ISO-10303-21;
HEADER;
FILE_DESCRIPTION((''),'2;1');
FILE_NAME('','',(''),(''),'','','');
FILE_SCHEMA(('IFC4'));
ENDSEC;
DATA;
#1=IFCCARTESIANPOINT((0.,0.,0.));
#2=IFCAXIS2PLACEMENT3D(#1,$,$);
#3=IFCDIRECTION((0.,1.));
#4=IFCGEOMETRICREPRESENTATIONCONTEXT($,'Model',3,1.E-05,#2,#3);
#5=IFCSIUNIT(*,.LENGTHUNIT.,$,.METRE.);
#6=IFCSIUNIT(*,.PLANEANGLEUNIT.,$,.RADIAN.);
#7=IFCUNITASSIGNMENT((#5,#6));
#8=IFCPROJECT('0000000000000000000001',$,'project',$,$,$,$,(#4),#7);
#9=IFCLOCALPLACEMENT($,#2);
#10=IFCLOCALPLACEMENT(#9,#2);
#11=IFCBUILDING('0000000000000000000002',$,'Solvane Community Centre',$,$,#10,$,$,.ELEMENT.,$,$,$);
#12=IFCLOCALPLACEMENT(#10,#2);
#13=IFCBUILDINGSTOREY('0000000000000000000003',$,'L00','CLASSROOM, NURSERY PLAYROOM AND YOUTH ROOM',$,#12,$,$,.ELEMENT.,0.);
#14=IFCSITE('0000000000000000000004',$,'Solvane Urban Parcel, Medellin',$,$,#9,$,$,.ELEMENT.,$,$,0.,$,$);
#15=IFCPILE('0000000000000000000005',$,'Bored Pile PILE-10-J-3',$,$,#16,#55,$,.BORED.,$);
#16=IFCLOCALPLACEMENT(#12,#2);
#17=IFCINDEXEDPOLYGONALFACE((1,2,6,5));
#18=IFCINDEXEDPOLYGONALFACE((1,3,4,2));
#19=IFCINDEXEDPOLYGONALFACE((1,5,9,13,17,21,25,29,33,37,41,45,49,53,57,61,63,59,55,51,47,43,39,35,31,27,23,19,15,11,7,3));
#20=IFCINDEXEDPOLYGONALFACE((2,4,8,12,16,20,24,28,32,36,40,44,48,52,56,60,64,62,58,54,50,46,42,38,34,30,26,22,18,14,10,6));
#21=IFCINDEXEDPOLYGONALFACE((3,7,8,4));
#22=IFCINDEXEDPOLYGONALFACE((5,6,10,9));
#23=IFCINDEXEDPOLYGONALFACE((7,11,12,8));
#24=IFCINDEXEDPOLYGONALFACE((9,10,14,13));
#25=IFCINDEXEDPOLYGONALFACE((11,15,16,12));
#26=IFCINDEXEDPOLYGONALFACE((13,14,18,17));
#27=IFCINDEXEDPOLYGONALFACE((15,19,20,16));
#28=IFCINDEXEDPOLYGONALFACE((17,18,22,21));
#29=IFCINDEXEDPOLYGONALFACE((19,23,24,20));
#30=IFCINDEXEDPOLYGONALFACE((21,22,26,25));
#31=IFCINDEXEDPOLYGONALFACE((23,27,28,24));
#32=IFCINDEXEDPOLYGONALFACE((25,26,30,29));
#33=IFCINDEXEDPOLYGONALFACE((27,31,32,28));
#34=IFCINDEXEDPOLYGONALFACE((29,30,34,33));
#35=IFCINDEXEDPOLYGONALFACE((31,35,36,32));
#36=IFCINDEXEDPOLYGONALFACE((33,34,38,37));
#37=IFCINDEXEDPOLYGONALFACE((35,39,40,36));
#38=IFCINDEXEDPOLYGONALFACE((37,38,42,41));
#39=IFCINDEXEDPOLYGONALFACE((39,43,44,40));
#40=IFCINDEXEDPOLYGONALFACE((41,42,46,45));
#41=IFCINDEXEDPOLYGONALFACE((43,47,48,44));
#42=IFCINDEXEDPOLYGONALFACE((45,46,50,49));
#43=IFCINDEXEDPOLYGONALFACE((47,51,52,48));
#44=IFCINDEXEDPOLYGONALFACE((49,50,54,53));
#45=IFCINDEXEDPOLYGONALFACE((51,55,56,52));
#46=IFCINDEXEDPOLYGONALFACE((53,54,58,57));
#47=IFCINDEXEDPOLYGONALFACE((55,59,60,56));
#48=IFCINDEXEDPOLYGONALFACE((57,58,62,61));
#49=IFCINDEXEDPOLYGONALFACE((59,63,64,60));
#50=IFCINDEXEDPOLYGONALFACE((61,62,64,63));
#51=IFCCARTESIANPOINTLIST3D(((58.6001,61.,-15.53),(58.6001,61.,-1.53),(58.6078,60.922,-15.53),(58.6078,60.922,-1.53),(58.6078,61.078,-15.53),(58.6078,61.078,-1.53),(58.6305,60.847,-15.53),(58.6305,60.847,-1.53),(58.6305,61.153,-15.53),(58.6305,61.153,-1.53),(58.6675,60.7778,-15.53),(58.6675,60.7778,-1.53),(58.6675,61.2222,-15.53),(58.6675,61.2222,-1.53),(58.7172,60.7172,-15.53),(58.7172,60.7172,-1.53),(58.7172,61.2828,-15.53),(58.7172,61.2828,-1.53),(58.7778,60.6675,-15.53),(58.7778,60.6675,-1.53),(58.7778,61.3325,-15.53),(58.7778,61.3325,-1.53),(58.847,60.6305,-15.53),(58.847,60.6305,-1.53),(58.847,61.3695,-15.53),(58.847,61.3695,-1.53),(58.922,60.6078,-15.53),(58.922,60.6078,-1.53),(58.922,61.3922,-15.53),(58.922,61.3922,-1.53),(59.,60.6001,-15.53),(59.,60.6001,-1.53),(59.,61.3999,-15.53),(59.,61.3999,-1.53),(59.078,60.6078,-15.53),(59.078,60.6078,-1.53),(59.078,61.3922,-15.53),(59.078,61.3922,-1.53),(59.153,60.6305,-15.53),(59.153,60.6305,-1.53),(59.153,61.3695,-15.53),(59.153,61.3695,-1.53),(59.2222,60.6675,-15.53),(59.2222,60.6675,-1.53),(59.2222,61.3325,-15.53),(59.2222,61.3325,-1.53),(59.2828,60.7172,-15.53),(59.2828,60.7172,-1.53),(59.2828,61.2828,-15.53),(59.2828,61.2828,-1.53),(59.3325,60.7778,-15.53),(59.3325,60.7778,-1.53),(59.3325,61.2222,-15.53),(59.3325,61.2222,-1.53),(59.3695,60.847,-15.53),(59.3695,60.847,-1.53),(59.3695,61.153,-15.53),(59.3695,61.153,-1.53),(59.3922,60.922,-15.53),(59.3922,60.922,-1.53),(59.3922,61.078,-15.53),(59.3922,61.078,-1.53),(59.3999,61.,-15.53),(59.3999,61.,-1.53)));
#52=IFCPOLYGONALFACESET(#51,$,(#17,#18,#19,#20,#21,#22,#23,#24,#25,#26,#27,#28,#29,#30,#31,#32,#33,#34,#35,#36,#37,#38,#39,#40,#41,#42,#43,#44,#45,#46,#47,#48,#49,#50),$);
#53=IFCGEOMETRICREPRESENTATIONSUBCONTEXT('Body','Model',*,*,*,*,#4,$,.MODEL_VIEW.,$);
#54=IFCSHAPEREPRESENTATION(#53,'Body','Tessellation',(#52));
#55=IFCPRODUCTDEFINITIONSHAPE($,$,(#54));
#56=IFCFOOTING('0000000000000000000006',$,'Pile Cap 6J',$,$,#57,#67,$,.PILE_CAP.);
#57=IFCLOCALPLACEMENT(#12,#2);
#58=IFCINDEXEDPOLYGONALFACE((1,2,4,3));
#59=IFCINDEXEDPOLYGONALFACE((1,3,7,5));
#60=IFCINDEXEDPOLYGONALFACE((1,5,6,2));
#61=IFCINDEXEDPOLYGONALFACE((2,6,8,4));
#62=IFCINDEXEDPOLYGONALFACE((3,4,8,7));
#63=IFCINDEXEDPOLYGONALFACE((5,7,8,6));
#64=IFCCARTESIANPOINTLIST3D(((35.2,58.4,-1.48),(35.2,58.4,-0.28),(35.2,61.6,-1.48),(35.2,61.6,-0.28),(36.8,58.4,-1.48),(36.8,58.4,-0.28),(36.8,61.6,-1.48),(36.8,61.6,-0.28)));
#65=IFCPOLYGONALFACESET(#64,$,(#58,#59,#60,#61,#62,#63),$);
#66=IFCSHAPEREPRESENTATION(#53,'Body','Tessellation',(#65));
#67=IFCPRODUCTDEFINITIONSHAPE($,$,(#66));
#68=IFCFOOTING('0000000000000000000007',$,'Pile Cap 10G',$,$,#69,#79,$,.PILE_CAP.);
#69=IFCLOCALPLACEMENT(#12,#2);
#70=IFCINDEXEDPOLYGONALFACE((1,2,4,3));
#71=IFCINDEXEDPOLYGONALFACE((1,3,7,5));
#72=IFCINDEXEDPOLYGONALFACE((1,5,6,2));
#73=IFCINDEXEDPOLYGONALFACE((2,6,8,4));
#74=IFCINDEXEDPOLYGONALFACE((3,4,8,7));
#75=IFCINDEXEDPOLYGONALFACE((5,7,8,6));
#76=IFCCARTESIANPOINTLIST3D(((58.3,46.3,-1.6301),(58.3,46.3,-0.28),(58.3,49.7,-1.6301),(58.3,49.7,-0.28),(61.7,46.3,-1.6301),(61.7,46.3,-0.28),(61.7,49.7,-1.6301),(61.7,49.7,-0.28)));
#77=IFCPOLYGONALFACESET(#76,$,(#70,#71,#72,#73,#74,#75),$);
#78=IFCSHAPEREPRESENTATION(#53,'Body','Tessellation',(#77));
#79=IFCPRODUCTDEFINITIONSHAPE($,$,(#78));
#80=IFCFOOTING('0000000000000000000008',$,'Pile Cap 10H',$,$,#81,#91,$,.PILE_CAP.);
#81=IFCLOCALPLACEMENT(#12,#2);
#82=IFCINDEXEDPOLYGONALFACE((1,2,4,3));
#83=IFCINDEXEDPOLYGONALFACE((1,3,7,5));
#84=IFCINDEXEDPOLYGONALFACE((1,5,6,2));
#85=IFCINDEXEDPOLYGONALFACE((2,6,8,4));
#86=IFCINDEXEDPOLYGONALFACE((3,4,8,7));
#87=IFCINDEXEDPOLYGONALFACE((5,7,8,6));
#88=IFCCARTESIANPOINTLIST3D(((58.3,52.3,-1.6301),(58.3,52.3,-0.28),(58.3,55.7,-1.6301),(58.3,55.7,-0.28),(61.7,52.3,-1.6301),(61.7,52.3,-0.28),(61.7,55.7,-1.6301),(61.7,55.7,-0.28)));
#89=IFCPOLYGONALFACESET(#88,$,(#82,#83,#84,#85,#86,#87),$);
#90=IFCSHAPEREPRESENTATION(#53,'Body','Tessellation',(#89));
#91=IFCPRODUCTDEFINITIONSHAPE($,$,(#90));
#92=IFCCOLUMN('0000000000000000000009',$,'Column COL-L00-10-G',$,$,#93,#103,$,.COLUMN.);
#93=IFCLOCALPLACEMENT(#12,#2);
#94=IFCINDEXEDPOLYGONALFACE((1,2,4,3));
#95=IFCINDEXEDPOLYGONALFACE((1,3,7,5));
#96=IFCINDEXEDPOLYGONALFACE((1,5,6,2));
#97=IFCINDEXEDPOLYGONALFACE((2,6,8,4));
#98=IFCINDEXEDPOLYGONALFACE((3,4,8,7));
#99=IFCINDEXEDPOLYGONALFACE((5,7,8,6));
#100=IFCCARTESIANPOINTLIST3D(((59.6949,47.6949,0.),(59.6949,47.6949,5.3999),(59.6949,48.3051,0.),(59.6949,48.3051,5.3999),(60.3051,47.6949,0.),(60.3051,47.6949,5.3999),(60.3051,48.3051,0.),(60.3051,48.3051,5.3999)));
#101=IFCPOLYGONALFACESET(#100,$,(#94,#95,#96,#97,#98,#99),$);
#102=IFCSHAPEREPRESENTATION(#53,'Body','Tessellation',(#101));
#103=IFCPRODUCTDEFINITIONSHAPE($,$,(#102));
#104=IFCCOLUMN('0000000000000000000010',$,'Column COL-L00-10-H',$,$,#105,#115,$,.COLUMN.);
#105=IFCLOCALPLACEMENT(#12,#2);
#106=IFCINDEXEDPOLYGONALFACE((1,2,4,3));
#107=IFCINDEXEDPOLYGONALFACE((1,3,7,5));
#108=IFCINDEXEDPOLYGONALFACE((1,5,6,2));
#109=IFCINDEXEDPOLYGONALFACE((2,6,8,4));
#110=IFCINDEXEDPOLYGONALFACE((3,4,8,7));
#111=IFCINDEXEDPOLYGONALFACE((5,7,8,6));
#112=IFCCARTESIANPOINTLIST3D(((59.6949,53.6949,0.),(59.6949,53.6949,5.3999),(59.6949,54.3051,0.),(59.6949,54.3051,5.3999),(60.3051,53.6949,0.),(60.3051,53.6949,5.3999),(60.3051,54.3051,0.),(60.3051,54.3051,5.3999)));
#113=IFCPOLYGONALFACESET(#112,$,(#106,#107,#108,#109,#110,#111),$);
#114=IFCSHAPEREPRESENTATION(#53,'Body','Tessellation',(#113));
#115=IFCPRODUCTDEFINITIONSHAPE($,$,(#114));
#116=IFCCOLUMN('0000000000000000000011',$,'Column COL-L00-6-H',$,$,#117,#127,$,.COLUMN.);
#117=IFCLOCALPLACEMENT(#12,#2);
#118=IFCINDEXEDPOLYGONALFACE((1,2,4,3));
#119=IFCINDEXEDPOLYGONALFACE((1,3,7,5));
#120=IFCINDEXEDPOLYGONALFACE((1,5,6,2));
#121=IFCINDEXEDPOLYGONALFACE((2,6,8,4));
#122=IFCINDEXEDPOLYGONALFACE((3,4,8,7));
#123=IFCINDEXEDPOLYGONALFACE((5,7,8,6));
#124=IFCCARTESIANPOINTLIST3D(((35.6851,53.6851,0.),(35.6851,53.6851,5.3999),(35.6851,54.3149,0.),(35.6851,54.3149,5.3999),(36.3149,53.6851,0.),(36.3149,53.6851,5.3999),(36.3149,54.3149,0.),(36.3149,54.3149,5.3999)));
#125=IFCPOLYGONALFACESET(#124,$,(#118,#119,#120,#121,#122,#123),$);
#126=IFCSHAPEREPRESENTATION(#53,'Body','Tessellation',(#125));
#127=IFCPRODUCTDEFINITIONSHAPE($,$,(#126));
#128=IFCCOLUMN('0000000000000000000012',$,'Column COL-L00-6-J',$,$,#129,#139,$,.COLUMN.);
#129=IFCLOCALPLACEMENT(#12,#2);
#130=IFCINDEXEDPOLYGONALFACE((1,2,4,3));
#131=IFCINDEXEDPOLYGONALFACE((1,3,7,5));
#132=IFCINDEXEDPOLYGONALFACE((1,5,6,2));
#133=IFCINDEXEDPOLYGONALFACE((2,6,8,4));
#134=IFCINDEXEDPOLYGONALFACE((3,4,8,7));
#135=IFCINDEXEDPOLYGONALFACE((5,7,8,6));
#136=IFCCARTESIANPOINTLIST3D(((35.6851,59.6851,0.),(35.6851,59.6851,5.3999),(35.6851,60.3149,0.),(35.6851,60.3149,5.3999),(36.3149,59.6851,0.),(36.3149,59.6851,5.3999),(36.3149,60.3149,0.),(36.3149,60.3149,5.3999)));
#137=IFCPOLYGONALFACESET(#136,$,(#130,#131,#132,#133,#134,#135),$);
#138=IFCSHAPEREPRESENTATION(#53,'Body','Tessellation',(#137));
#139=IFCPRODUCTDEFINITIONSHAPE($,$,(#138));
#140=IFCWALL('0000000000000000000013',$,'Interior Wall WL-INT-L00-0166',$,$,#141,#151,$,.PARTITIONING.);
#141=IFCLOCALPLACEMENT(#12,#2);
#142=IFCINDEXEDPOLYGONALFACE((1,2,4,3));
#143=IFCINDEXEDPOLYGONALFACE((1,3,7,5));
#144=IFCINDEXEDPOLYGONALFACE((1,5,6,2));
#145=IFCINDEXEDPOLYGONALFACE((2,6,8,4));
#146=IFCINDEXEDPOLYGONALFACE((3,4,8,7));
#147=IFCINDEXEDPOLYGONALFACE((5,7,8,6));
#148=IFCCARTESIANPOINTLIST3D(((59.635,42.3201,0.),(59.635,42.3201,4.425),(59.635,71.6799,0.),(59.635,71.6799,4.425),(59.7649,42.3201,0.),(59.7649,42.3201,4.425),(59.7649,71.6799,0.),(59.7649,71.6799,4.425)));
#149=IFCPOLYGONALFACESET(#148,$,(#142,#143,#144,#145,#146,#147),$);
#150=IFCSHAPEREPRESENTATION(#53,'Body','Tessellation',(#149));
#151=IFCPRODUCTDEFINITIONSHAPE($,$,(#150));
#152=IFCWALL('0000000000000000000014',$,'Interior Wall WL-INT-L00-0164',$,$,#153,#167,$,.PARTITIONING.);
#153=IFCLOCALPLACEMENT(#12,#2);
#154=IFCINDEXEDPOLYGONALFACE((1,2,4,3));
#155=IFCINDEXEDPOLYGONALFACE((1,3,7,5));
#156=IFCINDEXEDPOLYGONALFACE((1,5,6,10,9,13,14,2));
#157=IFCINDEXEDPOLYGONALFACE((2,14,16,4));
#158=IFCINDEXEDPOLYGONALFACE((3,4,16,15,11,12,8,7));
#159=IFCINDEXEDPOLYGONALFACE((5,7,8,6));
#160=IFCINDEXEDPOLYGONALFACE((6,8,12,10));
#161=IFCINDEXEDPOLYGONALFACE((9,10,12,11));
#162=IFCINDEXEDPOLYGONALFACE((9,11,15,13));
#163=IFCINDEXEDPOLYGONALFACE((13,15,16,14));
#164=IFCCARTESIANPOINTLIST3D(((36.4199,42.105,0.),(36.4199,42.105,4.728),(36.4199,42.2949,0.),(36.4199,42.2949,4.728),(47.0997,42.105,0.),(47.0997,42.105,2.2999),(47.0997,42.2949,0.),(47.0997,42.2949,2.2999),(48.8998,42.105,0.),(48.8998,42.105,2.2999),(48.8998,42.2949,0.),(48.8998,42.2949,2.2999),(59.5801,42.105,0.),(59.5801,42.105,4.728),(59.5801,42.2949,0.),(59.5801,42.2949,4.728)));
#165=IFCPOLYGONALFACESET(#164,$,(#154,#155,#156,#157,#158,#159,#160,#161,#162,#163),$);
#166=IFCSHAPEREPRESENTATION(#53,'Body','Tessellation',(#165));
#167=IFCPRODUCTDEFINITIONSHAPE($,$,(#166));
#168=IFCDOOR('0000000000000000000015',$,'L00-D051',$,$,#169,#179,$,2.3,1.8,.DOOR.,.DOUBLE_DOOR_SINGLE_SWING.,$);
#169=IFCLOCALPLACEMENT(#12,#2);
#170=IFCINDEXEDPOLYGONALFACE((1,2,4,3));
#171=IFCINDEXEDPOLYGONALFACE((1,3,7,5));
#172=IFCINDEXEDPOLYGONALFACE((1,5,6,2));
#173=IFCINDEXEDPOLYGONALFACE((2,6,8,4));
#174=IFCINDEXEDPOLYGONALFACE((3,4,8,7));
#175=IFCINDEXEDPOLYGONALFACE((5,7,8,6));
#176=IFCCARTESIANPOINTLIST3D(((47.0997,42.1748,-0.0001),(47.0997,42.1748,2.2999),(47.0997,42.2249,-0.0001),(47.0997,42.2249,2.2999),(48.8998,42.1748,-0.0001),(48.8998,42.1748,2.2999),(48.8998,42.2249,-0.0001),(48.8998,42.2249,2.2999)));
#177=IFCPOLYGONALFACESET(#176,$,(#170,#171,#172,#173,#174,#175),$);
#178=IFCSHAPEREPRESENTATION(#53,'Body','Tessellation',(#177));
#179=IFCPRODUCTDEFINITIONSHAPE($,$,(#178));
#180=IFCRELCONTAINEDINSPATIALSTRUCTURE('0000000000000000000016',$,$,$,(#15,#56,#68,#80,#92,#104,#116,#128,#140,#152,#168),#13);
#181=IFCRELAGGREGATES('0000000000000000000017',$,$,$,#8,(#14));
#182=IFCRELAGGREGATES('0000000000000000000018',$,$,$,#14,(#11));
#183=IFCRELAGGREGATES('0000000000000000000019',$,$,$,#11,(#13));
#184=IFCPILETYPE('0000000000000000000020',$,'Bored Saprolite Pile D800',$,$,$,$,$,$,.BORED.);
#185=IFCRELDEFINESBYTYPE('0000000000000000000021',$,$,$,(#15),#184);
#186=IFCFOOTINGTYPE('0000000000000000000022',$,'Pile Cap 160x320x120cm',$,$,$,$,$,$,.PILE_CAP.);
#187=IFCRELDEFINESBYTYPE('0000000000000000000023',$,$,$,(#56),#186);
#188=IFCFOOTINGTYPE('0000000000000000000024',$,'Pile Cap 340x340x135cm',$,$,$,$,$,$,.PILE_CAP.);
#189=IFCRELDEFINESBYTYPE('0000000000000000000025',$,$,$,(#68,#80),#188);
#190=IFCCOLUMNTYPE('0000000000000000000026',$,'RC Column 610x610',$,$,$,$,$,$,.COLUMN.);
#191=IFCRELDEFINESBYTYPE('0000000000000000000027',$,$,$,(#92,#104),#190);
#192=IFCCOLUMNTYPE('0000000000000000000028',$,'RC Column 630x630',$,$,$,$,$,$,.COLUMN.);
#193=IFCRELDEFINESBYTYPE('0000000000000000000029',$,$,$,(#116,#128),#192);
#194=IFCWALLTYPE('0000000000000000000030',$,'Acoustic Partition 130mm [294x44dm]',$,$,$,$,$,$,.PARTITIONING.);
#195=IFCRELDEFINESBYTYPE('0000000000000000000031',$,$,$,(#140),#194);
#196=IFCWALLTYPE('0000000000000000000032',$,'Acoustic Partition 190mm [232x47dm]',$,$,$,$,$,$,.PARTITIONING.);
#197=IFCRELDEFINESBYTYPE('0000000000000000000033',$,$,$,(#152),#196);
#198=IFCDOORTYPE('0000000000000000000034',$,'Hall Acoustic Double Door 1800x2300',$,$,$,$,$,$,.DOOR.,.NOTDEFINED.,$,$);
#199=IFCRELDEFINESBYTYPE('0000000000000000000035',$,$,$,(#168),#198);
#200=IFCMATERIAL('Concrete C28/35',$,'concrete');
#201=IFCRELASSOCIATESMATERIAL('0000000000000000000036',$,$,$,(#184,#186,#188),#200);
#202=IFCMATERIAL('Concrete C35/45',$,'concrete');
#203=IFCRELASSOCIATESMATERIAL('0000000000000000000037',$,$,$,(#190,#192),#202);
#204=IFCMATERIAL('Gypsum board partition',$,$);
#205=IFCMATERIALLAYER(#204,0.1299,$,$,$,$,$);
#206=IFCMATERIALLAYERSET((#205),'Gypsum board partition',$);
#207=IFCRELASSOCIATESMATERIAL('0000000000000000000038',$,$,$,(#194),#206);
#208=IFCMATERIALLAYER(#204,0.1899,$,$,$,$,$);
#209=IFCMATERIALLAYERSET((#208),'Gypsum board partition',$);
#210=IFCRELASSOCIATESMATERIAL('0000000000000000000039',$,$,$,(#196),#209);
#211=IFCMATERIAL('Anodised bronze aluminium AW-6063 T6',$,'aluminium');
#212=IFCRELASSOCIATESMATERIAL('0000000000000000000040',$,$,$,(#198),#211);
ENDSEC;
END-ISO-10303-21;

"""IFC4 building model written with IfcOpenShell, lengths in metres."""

from ifc_helpers import new_model, si_unit, direction, frame, frame_2d, origin, origin_2d, place, context, subcontext, project, spatial, rectangle, circle, extrude, material, layer, layer_set, material_profile, profile_set, type_object, element, fill, save


model = new_model("IFC4")

# Units and contexts
model_context = context("Model", 3, precision=1e-05, world=origin(), true_north=direction((0.0, 1.0)))
body_context = subcontext(model_context, "Body", "Model", "MODEL_VIEW")
ifc_project = project(units=[si_unit("LENGTHUNIT", "METRE"), si_unit("PLANEANGLEUNIT", "RADIAN")], contexts=[model_context])

# Site, building, storey
site_placement = place(None, origin())
site = spatial("IfcSite", under=ifc_project, at=site_placement, Name="Solvane Urban Parcel, Medellin", CompositionType="ELEMENT", RefElevation=0.0)
building_placement = place(site_placement, origin())
building = spatial("IfcBuilding", under=site, at=building_placement, Name="Solvane Community Centre", CompositionType="ELEMENT")
storey_placement = place(building_placement, origin())
storey = spatial("IfcBuildingStorey", under=building, at=storey_placement, Name="L00", Description="CLASSROOM, NURSERY PLAYROOM AND YOUTH ROOM", CompositionType="ELEMENT", Elevation=0.0)

# Pile
ifc_material_1 = material(Name="Concrete C28/35", Category="concrete")
ifc_material_profile_1 = material_profile(ifc_material_1, circle(Radius=0.3999, at=origin_2d()), Name="PILE D800")
ifc_profile_set_1 = profile_set([ifc_material_profile_1], Name="Concrete C28/35")
pile_type = type_object("IfcPileType", Name="Bored Saprolite Pile D800", PredefinedType="BORED", material=ifc_profile_set_1)
for number, where, z_axis, x_axis, name in (
    (1, (59.0, 61.0, -1.53), (0.0, 0.0, -1.0), (1.0, 0.0, 0.0), "Bored Pile PILE-10-J-3"),
):
    element("IfcPile", number, at=place(storey_placement, frame(where, z_axis=z_axis, x_axis=x_axis)), inside=storey, type_object=pile_type, Name=name, PredefinedType="BORED", context=body_context, shape_type="SweptSolid", body=[
        extrude(circle(Radius=0.3999, at=origin_2d()), origin(), (0.0, 0.0, 1.0), 14.0),
    ])

# Footings
footing_type_1 = type_object("IfcFootingType", Name="Pile Cap 160x320x120cm", PredefinedType="PILE_CAP", material=ifc_material_1)
footing_placement = place(storey_placement, frame((36.0, 60.0, -1.48), z_axis=(0.0, 0.0, 1.0), x_axis=(1.0, 0.0, 0.0)))
element("IfcFooting", 2, at=footing_placement, inside=storey, type_object=footing_type_1, Name="Pile Cap 6J", PredefinedType="PILE_CAP", context=body_context, shape_type="SweptSolid", body=[
    extrude(rectangle(XDim=1.6001, YDim=3.2, at=origin_2d()), origin(), (0.0, 0.0, 1.0), 1.2),
])
footing_type_2 = type_object("IfcFootingType", Name="Pile Cap 340x340x135cm", PredefinedType="PILE_CAP", material=ifc_material_1)
for number, where, z_axis, x_axis, name in (
    (3, (60.0, 48.0, -1.6301), (0.0, 0.0, 1.0), (1.0, 0.0, 0.0), "Pile Cap 10G"),
    (4, (60.0, 54.0, -1.6301), (0.0, 0.0, 1.0), (1.0, 0.0, 0.0), "Pile Cap 10H"),
):
    element("IfcFooting", number, at=place(storey_placement, frame(where, z_axis=z_axis, x_axis=x_axis)), inside=storey, type_object=footing_type_2, Name=name, PredefinedType="PILE_CAP", context=body_context, shape_type="SweptSolid", body=[
        extrude(rectangle(XDim=3.3999, YDim=3.3999, at=origin_2d()), origin(), (0.0, 0.0, 1.0), 1.3501),
    ])

# Columns
ifc_material_2 = material(Name="Concrete C35/45", Category="concrete")
ifc_material_profile_2 = material_profile(ifc_material_2, rectangle(XDim=0.6101, YDim=0.6101, at=origin_2d()), Name="RC 610x610")
ifc_profile_set_2 = profile_set([ifc_material_profile_2], Name="Concrete C35/45")
column_type_1 = type_object("IfcColumnType", Name="RC Column 610x610", PredefinedType="COLUMN", material=ifc_profile_set_2)
for number, where, z_axis, x_axis, name in (
    (5, (60.0, 48.0, 0.0), (0.0, 0.0, 1.0), (1.0, 0.0, 0.0), "Column COL-L00-10-G"),
    (6, (60.0, 54.0, 0.0), (0.0, 0.0, 1.0), (1.0, 0.0, 0.0), "Column COL-L00-10-H"),
):
    element("IfcColumn", number, at=place(storey_placement, frame(where, z_axis=z_axis, x_axis=x_axis)), inside=storey, type_object=column_type_1, Name=name, PredefinedType="COLUMN", context=body_context, shape_type="SweptSolid", body=[
        extrude(rectangle(XDim=0.6101, YDim=0.6101, at=origin_2d()), origin(), (0.0, 0.0, 1.0), 5.3999),
    ])
ifc_material_profile_3 = material_profile(ifc_material_2, rectangle(XDim=0.6299, YDim=0.6299, at=origin_2d()), Name="RC 630x630")
ifc_profile_set_3 = profile_set([ifc_material_profile_3], Name="Concrete C35/45")
column_type_2 = type_object("IfcColumnType", Name="RC Column 630x630", PredefinedType="COLUMN", material=ifc_profile_set_3)
for number, where, z_axis, x_axis, name in (
    (7, (36.0, 54.0, 0.0), (0.0, 0.0, 1.0), (1.0, 0.0, 0.0), "Column COL-L00-6-H"),
    (8, (36.0, 60.0, 0.0), (0.0, 0.0, 1.0), (1.0, 0.0, 0.0), "Column COL-L00-6-J"),
):
    element("IfcColumn", number, at=place(storey_placement, frame(where, z_axis=z_axis, x_axis=x_axis)), inside=storey, type_object=column_type_2, Name=name, PredefinedType="COLUMN", context=body_context, shape_type="SweptSolid", body=[
        extrude(rectangle(XDim=0.6299, YDim=0.6299, at=origin_2d()), origin(), (0.0, 0.0, 1.0), 5.3999),
    ])

# Wall
ifc_material_3 = material(Name="Gypsum board partition")
ifc_layer_1 = layer(ifc_material_3, 0.1299)
ifc_layer_set_1 = layer_set([ifc_layer_1], Name="Gypsum board partition")
wall_type_1 = type_object("IfcWallType", Name="Acoustic Partition 130mm [294x44dm]", PredefinedType="PARTITIONING", material=ifc_layer_set_1)
wall_1_placement = place(storey_placement, frame((59.7, 42.3201, 0.0), z_axis=(0.0, 0.0, 1.0), x_axis=(0.0, 1.0, 0.0)))
element("IfcWall", 9, at=wall_1_placement, inside=storey, type_object=wall_type_1, Name="Interior Wall WL-INT-L00-0166", PredefinedType="PARTITIONING", context=body_context, shape_type="SweptSolid", body=[
    extrude(rectangle(XDim=29.3599, YDim=0.1299, at=frame_2d((14.6799, 0.0))), origin(), (0.0, 0.0, 1.0), 4.425),
])

# Wall, opening, door
ifc_layer_2 = layer(ifc_material_3, 0.1899)
ifc_layer_set_2 = layer_set([ifc_layer_2], Name="Gypsum board partition")
wall_type_2 = type_object("IfcWallType", Name="Acoustic Partition 190mm [232x47dm]", PredefinedType="PARTITIONING", material=ifc_layer_set_2)
wall_2_placement = place(storey_placement, frame((36.4199, 42.2, 0.0), z_axis=(0.0, 0.0, 1.0), x_axis=(1.0, 0.0, 0.0)))
wall_2 = element("IfcWall", 10, at=wall_2_placement, inside=storey, type_object=wall_type_2, Name="Interior Wall WL-INT-L00-0164", PredefinedType="PARTITIONING", context=body_context, shape_type="SweptSolid", body=[
    extrude(rectangle(XDim=23.1602, YDim=0.1899, at=frame_2d((11.5801, 0.0))), origin(), (0.0, 0.0, 1.0), 4.728),
])
opening_placement = place(wall_2_placement, frame((10.6799, 0.0, 0.0)))
opening = element("IfcOpeningElement", 11, at=opening_placement, cuts=wall_2, PredefinedType="OPENING", context=body_context, shape_type="SweptSolid", body=[
    extrude(rectangle(XDim=1.8, YDim=2.3, at=frame_2d((0.8999, 1.1499))), frame((0.0, 0.105, 0.0), z_axis=(0.0, -1.0, 0.0), x_axis=(1.0, 0.0, 0.0)), (0.0, 0.0, 1.0), 0.21),
])
ifc_material_4 = material(Name="Anodised bronze aluminium AW-6063 T6", Category="aluminium")
door_type = type_object("IfcDoorType", Name="Hall Acoustic Double Door 1800x2300", OperationType="NOTDEFINED", PredefinedType="DOOR", material=ifc_material_4)
door_placement = place(opening_placement, origin())
door = element("IfcDoor", 12, at=door_placement, inside=storey, type_object=door_type, Name="L00-D051", OperationType="DOUBLE_DOOR_SINGLE_SWING", OverallHeight=2.3, OverallWidth=1.8, PredefinedType="DOOR", context=body_context, shape_type="SweptSolid", body=[
    extrude(rectangle(XDim=1.8, YDim=2.3, at=frame_2d((0.8999, 1.1499))), frame((0.0, 0.0249, 0.0), z_axis=(0.0, -1.0, 0.0), x_axis=(1.0, 0.0, 0.0)), (0.0, 0.0, 1.0), 0.05),
])
fill(opening, door)

save(model, "model.ifc")
